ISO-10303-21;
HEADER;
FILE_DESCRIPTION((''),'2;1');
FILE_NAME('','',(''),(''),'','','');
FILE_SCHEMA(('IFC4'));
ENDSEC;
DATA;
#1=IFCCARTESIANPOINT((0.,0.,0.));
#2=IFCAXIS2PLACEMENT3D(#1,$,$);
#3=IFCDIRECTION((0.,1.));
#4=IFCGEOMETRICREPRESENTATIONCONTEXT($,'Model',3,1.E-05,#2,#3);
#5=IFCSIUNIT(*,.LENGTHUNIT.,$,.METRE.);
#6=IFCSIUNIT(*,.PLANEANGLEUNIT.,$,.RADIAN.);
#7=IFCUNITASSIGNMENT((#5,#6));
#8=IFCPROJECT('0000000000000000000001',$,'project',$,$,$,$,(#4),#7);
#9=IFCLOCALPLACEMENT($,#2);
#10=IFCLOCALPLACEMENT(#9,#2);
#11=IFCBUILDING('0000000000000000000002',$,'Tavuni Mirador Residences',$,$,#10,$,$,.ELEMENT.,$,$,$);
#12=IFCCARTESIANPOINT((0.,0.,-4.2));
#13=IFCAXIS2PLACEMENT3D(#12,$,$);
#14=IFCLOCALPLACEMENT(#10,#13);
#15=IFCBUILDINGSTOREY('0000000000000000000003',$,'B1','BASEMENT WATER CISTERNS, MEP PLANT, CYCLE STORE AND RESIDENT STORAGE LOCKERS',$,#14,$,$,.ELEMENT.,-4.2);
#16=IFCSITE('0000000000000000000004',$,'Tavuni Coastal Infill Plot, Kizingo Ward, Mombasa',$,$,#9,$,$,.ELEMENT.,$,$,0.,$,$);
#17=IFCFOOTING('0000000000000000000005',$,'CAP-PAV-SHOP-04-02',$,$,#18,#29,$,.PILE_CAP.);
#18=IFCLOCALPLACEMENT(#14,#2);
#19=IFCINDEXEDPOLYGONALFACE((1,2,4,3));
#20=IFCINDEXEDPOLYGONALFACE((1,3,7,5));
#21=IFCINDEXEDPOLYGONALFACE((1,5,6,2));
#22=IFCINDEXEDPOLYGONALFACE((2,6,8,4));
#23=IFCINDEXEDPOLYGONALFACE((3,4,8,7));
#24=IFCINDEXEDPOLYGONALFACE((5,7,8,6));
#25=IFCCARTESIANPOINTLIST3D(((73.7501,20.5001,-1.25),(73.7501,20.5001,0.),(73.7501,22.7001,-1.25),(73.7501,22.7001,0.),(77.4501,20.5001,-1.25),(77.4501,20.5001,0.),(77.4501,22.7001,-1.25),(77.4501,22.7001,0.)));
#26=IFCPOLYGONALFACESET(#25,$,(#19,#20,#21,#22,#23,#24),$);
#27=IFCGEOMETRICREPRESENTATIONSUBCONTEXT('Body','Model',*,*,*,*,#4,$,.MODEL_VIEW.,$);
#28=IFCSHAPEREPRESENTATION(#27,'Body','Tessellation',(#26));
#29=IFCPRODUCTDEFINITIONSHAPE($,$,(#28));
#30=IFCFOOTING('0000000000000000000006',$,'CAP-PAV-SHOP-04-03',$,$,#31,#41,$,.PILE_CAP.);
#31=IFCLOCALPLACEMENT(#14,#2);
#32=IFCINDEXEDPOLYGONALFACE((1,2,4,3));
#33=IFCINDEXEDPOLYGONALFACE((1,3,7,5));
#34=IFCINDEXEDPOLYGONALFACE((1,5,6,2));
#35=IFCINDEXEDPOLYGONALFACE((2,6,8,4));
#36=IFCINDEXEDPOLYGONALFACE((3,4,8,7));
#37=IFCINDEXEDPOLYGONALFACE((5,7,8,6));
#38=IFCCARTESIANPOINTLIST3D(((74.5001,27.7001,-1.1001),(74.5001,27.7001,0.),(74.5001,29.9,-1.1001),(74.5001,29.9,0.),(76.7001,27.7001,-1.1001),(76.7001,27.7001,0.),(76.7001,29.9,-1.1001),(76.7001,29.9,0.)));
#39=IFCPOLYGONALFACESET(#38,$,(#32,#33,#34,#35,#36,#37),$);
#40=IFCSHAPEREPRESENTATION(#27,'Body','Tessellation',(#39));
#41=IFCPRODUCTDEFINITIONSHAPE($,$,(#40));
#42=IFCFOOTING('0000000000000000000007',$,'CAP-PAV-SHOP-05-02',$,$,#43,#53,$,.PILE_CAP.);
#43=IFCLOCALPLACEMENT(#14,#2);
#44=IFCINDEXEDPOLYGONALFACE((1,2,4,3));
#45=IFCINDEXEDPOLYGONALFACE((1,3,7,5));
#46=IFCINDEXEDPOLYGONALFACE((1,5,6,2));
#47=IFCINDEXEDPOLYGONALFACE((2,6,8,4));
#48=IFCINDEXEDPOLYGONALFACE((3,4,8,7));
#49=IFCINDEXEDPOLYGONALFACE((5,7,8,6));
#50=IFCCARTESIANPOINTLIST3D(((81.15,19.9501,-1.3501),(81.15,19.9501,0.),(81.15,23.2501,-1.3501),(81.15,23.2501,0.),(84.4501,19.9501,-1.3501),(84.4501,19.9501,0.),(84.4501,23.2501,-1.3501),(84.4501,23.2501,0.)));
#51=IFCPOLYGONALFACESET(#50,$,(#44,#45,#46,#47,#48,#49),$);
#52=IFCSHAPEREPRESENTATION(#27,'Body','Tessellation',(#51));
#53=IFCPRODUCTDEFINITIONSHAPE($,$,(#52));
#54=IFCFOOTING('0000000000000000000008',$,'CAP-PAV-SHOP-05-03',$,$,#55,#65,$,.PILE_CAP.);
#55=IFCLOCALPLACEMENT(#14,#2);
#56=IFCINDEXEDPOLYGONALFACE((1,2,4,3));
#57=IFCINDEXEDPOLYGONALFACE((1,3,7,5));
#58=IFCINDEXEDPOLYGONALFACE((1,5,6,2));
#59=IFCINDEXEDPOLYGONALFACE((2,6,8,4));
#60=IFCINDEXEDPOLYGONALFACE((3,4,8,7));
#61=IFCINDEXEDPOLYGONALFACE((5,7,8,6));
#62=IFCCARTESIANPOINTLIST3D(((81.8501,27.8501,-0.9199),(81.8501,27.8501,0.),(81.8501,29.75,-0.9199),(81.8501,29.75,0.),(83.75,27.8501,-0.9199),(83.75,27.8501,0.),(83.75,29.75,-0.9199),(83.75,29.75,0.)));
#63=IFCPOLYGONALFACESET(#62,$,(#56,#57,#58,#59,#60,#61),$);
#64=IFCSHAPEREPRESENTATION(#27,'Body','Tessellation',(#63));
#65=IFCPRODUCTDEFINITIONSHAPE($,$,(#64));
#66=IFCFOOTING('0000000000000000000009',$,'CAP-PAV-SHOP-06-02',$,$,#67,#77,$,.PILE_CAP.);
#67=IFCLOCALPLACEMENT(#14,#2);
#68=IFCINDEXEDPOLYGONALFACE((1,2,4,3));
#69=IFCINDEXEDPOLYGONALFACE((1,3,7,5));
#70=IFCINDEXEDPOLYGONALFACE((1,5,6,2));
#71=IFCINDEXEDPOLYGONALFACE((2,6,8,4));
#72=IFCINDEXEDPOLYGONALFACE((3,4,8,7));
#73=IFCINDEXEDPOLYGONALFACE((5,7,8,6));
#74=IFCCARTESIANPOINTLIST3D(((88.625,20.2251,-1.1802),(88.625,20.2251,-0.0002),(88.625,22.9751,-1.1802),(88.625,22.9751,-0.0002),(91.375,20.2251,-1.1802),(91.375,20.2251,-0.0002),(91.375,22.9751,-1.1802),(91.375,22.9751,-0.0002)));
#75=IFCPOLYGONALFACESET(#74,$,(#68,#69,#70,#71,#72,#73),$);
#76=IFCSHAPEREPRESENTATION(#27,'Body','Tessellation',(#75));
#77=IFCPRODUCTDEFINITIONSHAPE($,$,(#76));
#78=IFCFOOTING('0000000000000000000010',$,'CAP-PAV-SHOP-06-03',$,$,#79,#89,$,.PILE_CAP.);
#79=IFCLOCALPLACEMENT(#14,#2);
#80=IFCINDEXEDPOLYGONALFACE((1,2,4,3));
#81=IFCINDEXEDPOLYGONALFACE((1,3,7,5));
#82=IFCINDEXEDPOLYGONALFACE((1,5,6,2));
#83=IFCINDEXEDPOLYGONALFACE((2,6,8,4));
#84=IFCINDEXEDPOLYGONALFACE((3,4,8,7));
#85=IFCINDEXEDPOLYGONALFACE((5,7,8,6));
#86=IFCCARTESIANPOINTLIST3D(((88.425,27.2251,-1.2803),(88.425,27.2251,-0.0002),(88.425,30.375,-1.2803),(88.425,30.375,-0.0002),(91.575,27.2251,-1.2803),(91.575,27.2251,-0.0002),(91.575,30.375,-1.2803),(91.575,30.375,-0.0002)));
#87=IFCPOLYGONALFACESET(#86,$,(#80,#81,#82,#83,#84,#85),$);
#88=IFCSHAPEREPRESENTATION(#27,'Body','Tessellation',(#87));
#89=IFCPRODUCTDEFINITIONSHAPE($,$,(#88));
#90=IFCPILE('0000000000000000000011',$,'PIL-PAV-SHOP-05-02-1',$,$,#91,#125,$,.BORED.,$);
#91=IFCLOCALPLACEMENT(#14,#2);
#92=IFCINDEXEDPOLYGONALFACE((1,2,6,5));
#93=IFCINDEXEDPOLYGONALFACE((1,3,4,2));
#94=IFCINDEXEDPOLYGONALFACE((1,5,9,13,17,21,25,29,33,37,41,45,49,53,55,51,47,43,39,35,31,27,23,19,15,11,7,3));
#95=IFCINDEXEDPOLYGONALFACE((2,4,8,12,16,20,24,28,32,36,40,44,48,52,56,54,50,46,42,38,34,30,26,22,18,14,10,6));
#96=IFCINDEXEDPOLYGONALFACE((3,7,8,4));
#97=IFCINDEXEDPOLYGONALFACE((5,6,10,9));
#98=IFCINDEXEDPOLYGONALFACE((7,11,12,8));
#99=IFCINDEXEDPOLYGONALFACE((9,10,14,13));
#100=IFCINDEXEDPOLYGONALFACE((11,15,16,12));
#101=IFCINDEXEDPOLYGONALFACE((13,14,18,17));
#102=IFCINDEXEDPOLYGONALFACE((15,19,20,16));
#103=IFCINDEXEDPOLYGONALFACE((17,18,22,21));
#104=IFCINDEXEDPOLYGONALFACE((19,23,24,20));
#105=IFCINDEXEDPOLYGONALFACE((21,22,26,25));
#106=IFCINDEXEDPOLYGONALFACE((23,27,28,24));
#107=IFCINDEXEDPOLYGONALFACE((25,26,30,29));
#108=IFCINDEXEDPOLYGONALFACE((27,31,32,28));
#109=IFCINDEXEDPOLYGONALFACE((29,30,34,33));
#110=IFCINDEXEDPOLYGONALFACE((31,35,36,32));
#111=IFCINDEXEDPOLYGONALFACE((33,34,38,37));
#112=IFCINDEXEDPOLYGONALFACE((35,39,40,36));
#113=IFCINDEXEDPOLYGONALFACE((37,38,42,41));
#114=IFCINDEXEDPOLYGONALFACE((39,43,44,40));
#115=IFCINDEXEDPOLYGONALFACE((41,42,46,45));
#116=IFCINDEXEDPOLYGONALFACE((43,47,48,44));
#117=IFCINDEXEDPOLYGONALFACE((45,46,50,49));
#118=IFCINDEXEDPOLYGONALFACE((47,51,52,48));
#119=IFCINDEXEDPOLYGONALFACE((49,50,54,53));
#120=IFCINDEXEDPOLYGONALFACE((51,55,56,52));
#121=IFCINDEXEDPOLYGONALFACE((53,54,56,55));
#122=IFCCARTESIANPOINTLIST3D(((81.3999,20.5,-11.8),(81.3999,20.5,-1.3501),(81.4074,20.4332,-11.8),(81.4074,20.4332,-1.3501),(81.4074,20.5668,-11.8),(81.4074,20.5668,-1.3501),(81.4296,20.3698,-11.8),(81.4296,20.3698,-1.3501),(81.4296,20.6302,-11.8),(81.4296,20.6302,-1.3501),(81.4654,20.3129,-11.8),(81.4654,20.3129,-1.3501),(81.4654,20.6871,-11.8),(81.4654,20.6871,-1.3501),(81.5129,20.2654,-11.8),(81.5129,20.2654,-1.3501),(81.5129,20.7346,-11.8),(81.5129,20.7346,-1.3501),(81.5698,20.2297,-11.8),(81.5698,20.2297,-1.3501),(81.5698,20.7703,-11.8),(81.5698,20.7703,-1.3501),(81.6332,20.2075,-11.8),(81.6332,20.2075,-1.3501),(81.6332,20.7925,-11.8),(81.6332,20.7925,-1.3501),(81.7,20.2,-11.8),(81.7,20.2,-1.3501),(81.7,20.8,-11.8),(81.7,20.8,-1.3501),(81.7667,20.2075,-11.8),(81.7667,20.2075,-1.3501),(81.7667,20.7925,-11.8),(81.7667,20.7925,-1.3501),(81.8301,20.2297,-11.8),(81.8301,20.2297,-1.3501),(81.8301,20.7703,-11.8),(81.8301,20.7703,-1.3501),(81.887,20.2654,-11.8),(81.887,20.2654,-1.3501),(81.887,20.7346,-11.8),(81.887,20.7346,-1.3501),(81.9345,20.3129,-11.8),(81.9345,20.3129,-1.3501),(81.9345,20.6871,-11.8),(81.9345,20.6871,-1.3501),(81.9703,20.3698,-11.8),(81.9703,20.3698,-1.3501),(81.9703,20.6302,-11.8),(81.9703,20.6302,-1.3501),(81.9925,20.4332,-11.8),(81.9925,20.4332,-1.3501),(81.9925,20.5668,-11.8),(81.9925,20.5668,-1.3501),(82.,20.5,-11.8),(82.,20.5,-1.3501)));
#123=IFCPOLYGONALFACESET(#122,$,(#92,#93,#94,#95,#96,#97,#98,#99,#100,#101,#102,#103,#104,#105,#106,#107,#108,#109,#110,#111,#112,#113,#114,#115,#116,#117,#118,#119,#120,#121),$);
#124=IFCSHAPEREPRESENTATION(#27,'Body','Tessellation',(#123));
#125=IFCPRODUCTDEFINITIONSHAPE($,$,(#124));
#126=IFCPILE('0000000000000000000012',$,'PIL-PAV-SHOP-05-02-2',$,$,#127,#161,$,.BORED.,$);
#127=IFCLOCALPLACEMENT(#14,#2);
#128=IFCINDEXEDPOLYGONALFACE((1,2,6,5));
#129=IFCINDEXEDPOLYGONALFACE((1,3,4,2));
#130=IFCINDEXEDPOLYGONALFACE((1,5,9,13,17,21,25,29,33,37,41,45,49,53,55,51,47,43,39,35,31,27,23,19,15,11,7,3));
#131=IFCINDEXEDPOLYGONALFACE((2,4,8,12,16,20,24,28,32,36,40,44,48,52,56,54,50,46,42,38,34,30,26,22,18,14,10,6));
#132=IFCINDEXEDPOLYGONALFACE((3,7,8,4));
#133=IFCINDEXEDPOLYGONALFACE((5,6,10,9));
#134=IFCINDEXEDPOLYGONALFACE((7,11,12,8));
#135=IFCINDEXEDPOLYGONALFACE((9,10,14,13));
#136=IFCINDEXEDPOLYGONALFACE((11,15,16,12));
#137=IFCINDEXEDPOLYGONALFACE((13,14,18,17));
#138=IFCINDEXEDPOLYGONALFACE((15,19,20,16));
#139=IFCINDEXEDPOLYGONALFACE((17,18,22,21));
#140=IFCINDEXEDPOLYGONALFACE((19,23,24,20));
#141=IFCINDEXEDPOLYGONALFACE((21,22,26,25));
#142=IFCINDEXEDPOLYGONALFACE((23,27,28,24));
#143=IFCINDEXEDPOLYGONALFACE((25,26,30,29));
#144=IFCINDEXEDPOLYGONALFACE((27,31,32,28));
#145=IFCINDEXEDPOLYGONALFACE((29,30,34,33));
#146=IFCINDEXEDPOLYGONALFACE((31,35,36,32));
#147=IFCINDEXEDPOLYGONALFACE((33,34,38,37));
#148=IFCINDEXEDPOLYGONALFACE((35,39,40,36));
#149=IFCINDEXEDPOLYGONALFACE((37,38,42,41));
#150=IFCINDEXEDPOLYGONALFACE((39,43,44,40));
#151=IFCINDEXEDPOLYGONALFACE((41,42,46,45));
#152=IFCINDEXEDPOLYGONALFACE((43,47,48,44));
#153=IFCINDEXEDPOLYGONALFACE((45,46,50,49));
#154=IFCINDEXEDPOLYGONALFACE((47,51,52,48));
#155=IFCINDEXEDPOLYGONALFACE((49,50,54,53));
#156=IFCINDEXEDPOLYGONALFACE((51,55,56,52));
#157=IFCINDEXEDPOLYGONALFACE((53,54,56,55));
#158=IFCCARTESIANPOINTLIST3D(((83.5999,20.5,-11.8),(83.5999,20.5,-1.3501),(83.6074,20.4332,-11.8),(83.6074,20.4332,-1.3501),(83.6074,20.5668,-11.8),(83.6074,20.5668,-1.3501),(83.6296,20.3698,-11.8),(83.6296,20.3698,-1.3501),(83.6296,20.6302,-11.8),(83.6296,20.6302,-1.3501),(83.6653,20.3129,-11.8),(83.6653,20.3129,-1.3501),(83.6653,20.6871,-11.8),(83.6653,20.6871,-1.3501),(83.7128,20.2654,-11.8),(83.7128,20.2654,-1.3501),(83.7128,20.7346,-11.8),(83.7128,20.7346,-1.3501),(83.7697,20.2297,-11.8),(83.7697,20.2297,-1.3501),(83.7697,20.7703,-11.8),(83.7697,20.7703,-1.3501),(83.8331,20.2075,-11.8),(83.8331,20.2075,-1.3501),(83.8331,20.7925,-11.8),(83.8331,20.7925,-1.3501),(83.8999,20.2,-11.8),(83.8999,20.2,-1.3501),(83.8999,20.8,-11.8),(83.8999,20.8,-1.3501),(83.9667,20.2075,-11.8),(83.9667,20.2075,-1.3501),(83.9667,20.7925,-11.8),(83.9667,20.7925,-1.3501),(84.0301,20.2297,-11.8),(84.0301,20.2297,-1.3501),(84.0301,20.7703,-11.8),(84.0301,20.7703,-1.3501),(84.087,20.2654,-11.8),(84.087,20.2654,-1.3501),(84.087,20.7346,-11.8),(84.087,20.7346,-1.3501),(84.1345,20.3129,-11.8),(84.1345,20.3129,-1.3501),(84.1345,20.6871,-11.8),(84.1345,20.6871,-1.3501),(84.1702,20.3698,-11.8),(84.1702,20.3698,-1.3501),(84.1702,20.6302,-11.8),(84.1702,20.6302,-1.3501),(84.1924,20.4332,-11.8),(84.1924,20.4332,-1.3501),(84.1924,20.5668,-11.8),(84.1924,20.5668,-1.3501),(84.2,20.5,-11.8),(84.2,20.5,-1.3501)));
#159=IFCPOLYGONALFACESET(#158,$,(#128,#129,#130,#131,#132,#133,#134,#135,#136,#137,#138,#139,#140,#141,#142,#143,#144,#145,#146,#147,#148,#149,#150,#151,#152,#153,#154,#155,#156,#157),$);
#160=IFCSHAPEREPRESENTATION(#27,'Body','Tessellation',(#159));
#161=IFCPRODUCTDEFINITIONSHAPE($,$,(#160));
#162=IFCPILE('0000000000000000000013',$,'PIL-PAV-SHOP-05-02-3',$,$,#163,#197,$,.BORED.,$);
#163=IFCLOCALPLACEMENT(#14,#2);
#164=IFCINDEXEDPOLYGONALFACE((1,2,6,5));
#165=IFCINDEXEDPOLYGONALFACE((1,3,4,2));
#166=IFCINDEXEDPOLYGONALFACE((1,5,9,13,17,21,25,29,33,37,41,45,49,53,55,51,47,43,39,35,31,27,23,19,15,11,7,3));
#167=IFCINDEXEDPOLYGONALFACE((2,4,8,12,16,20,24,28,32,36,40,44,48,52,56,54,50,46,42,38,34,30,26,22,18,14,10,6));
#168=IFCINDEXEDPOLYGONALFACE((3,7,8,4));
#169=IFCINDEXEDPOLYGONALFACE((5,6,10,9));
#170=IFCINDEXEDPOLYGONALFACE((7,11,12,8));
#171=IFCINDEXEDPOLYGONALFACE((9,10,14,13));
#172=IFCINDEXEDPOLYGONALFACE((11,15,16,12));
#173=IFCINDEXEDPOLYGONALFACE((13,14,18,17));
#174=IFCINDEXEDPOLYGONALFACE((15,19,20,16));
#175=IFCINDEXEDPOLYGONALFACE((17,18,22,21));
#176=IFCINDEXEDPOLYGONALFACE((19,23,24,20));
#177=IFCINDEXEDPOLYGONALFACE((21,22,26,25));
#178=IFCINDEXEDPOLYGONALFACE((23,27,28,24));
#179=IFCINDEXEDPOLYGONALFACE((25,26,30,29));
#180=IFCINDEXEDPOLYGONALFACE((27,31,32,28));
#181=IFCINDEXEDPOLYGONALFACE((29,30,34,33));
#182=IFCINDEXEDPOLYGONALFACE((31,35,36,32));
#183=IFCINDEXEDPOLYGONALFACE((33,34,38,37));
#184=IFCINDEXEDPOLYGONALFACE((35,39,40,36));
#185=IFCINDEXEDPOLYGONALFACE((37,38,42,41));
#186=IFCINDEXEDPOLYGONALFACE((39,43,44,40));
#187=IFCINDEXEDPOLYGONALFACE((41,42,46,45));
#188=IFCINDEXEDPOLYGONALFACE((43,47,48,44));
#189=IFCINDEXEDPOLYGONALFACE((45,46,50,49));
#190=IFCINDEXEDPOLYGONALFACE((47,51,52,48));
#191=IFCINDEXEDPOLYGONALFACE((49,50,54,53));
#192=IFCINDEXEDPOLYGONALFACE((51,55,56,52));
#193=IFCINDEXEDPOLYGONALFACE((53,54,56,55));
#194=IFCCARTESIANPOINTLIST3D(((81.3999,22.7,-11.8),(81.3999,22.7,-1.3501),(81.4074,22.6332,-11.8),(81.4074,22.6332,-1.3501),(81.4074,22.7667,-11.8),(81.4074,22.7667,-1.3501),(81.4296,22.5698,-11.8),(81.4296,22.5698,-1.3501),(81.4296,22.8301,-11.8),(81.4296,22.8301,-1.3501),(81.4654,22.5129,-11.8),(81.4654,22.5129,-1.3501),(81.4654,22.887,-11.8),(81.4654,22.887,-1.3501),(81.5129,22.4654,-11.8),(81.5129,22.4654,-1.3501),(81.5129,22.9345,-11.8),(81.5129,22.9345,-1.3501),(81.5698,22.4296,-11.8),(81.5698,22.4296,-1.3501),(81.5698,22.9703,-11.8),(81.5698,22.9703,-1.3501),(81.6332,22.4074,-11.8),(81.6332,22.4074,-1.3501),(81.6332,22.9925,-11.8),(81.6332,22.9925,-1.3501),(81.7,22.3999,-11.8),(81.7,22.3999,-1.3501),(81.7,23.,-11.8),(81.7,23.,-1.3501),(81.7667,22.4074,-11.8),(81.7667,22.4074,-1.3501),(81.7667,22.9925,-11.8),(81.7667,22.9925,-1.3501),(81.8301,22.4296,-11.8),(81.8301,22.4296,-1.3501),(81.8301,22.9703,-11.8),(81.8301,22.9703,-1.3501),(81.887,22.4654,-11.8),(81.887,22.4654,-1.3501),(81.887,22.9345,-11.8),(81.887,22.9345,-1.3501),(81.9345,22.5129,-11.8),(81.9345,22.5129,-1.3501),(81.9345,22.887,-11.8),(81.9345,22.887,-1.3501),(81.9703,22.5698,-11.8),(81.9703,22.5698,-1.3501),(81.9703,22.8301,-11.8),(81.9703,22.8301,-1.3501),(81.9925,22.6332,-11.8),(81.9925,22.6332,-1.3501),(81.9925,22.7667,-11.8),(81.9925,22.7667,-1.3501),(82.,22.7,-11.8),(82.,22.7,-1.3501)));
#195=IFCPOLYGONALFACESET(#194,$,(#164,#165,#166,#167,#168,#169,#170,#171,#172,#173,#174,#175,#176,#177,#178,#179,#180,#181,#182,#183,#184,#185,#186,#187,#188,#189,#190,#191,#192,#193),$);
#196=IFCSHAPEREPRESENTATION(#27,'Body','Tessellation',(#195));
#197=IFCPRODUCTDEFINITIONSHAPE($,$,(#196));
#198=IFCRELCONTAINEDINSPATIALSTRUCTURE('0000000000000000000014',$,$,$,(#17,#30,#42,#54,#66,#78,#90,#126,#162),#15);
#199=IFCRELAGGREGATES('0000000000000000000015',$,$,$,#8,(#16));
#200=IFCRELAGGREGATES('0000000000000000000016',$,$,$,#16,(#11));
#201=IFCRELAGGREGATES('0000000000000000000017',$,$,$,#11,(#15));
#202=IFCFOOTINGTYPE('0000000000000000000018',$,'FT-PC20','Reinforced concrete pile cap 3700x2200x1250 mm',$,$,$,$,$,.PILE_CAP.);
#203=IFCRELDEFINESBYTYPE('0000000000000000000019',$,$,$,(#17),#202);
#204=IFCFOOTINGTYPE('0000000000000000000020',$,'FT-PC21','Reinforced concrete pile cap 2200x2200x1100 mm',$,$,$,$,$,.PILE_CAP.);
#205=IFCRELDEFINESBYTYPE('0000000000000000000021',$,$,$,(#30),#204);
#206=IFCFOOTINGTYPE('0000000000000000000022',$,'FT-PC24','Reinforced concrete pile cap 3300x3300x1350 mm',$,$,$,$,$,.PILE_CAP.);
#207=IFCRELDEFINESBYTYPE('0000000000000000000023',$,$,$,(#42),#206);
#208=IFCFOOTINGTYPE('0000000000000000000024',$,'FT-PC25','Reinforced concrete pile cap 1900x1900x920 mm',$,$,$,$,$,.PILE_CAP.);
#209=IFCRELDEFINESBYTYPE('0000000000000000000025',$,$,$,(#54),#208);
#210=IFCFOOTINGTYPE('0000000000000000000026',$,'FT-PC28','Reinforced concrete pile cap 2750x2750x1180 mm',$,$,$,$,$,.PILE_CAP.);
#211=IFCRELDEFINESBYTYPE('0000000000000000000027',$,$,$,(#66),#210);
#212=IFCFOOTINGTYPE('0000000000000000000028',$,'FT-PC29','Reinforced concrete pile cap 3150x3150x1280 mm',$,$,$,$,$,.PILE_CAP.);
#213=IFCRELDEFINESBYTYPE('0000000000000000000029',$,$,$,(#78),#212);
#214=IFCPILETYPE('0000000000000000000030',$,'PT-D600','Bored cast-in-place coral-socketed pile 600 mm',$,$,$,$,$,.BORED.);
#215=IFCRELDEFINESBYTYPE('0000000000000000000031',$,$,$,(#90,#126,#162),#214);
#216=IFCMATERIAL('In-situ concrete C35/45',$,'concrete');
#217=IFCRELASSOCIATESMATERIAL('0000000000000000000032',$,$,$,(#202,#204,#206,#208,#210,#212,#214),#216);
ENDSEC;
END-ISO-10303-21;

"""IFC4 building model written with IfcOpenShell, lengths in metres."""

from ifc_helpers import new_model, si_unit, direction, frame, origin, origin_2d, place, context, subcontext, project, spatial, rectangle, circle, extrude, material, material_profile, profile_set, type_object, element, save


model = new_model("IFC4")

# Units and contexts
model_context = context("Model", 3, precision=1e-05, world=origin(), true_north=direction((0.0, 1.0)))
body_context = subcontext(model_context, "Body", "Model", "MODEL_VIEW")
ifc_project = project(units=[si_unit("LENGTHUNIT", "METRE"), si_unit("PLANEANGLEUNIT", "RADIAN")], contexts=[model_context])

# Site, building, storey
site_placement = place(None, origin())
site = spatial("IfcSite", under=ifc_project, at=site_placement, Name="Tavuni Coastal Infill Plot, Kizingo Ward, Mombasa", CompositionType="ELEMENT", RefElevation=0.0)
building_placement = place(site_placement, origin())
building = spatial("IfcBuilding", under=site, at=building_placement, Name="Tavuni Mirador Residences", CompositionType="ELEMENT")
storey_placement = place(building_placement, frame((0.0, 0.0, -4.2)))
storey = spatial("IfcBuildingStorey", under=building, at=storey_placement, Name="B1", Description="BASEMENT WATER CISTERNS, MEP PLANT, CYCLE STORE AND RESIDENT STORAGE LOCKERS", CompositionType="ELEMENT", Elevation=-4.2)

# Footings
ifc_material_1 = material(Name="In-situ concrete C35/45", Category="concrete")
footing_type_1 = type_object("IfcFootingType", Name="FT-PC20", Description="Reinforced concrete pile cap 3700x2200x1250 mm", PredefinedType="PILE_CAP", material=ifc_material_1)
footing_1_placement = place(storey_placement, frame((75.6001, 21.6001, -1.25), z_axis=(0.0, 0.0, 1.0), x_axis=(1.0, 0.0, 0.0)))
element("IfcFooting", 1, at=footing_1_placement, inside=storey, type_object=footing_type_1, Name="CAP-PAV-SHOP-04-02", PredefinedType="PILE_CAP", context=body_context, shape_type="SweptSolid", body=[
    extrude(rectangle(XDim=3.7, YDim=2.2, at=origin_2d()), origin(), (0.0, 0.0, 1.0), 1.25),
])
footing_type_2 = type_object("IfcFootingType", Name="FT-PC21", Description="Reinforced concrete pile cap 2200x2200x1100 mm", PredefinedType="PILE_CAP", material=ifc_material_1)
footing_2_placement = place(storey_placement, frame((75.6001, 28.8, -1.1001), z_axis=(0.0, 0.0, 1.0), x_axis=(1.0, 0.0, 0.0)))
element("IfcFooting", 2, at=footing_2_placement, inside=storey, type_object=footing_type_2, Name="CAP-PAV-SHOP-04-03", PredefinedType="PILE_CAP", context=body_context, shape_type="SweptSolid", body=[
    extrude(rectangle(XDim=2.2, YDim=2.2, at=origin_2d()), origin(), (0.0, 0.0, 1.0), 1.1001),
])
footing_type_3 = type_object("IfcFootingType", Name="FT-PC24", Description="Reinforced concrete pile cap 3300x3300x1350 mm", PredefinedType="PILE_CAP", material=ifc_material_1)
footing_3_placement = place(storey_placement, frame((82.8, 21.6001, -1.3501), z_axis=(0.0, 0.0, 1.0), x_axis=(1.0, 0.0, 0.0)))
element("IfcFooting", 3, at=footing_3_placement, inside=storey, type_object=footing_type_3, Name="CAP-PAV-SHOP-05-02", PredefinedType="PILE_CAP", context=body_context, shape_type="SweptSolid", body=[
    extrude(rectangle(XDim=3.3, YDim=3.3, at=origin_2d()), origin(), (0.0, 0.0, 1.0), 1.3501),
])
footing_type_4 = type_object("IfcFootingType", Name="FT-PC25", Description="Reinforced concrete pile cap 1900x1900x920 mm", PredefinedType="PILE_CAP", material=ifc_material_1)
footing_4_placement = place(storey_placement, frame((82.8, 28.8, -0.9199), z_axis=(0.0, 0.0, 1.0), x_axis=(1.0, 0.0, 0.0)))
element("IfcFooting", 4, at=footing_4_placement, inside=storey, type_object=footing_type_4, Name="CAP-PAV-SHOP-05-03", PredefinedType="PILE_CAP", context=body_context, shape_type="SweptSolid", body=[
    extrude(rectangle(XDim=1.8999, YDim=1.8999, at=origin_2d()), origin(), (0.0, 0.0, 1.0), 0.9199),
])
footing_type_5 = type_object("IfcFootingType", Name="FT-PC28", Description="Reinforced concrete pile cap 2750x2750x1180 mm", PredefinedType="PILE_CAP", material=ifc_material_1)
footing_5_placement = place(storey_placement, frame((90.0, 21.6001, -1.1802), z_axis=(0.0, 0.0, 1.0), x_axis=(1.0, 0.0, 0.0)))
element("IfcFooting", 5, at=footing_5_placement, inside=storey, type_object=footing_type_5, Name="CAP-PAV-SHOP-06-02", PredefinedType="PILE_CAP", context=body_context, shape_type="SweptSolid", body=[
    extrude(rectangle(XDim=2.75, YDim=2.75, at=origin_2d()), origin(), (0.0, 0.0, 1.0), 1.1799),
])
footing_type_6 = type_object("IfcFootingType", Name="FT-PC29", Description="Reinforced concrete pile cap 3150x3150x1280 mm", PredefinedType="PILE_CAP", material=ifc_material_1)
footing_6_placement = place(storey_placement, frame((90.0, 28.8, -1.2803), z_axis=(0.0, 0.0, 1.0), x_axis=(1.0, 0.0, 0.0)))
element("IfcFooting", 6, at=footing_6_placement, inside=storey, type_object=footing_type_6, Name="CAP-PAV-SHOP-06-03", PredefinedType="PILE_CAP", context=body_context, shape_type="SweptSolid", body=[
    extrude(rectangle(XDim=3.1499, YDim=3.1499, at=origin_2d()), origin(), (0.0, 0.0, 1.0), 1.28),
])

# Piles
ifc_material_profile_1 = material_profile(ifc_material_1, circle(Radius=0.3, at=origin_2d()), Name="PILE D600", Category="concrete")
ifc_profile_set_1 = profile_set([ifc_material_profile_1], Name="In-situ concrete C35/45")
pile_type_1 = type_object("IfcPileType", Name="PT-D600", Description="Bored cast-in-place coral-socketed pile 600 mm", PredefinedType="BORED", material=ifc_profile_set_1)
for number, where, z_axis, x_axis, name in (
    (7, (81.7, 20.5, -1.3501), (0.0, 0.0, -1.0), (1.0, 0.0, 0.0), "PIL-PAV-SHOP-05-02-1"),
    (8, (83.8999, 20.5, -1.3501), (0.0, 0.0, -1.0), (1.0, 0.0, 0.0), "PIL-PAV-SHOP-05-02-2"),
    (9, (81.7, 22.7, -1.3501), (0.0, 0.0, -1.0), (1.0, 0.0, 0.0), "PIL-PAV-SHOP-05-02-3"),
):
    element("IfcPile", number, at=place(storey_placement, frame(where, z_axis=z_axis, x_axis=x_axis)), inside=storey, type_object=pile_type_1, Name=name, PredefinedType="BORED", context=body_context, shape_type="SweptSolid", body=[
        extrude(circle(Radius=0.3, at=origin_2d()), origin(), (0.0, 0.0, 1.0), 10.45),
    ])

save(model, "model.ifc")
